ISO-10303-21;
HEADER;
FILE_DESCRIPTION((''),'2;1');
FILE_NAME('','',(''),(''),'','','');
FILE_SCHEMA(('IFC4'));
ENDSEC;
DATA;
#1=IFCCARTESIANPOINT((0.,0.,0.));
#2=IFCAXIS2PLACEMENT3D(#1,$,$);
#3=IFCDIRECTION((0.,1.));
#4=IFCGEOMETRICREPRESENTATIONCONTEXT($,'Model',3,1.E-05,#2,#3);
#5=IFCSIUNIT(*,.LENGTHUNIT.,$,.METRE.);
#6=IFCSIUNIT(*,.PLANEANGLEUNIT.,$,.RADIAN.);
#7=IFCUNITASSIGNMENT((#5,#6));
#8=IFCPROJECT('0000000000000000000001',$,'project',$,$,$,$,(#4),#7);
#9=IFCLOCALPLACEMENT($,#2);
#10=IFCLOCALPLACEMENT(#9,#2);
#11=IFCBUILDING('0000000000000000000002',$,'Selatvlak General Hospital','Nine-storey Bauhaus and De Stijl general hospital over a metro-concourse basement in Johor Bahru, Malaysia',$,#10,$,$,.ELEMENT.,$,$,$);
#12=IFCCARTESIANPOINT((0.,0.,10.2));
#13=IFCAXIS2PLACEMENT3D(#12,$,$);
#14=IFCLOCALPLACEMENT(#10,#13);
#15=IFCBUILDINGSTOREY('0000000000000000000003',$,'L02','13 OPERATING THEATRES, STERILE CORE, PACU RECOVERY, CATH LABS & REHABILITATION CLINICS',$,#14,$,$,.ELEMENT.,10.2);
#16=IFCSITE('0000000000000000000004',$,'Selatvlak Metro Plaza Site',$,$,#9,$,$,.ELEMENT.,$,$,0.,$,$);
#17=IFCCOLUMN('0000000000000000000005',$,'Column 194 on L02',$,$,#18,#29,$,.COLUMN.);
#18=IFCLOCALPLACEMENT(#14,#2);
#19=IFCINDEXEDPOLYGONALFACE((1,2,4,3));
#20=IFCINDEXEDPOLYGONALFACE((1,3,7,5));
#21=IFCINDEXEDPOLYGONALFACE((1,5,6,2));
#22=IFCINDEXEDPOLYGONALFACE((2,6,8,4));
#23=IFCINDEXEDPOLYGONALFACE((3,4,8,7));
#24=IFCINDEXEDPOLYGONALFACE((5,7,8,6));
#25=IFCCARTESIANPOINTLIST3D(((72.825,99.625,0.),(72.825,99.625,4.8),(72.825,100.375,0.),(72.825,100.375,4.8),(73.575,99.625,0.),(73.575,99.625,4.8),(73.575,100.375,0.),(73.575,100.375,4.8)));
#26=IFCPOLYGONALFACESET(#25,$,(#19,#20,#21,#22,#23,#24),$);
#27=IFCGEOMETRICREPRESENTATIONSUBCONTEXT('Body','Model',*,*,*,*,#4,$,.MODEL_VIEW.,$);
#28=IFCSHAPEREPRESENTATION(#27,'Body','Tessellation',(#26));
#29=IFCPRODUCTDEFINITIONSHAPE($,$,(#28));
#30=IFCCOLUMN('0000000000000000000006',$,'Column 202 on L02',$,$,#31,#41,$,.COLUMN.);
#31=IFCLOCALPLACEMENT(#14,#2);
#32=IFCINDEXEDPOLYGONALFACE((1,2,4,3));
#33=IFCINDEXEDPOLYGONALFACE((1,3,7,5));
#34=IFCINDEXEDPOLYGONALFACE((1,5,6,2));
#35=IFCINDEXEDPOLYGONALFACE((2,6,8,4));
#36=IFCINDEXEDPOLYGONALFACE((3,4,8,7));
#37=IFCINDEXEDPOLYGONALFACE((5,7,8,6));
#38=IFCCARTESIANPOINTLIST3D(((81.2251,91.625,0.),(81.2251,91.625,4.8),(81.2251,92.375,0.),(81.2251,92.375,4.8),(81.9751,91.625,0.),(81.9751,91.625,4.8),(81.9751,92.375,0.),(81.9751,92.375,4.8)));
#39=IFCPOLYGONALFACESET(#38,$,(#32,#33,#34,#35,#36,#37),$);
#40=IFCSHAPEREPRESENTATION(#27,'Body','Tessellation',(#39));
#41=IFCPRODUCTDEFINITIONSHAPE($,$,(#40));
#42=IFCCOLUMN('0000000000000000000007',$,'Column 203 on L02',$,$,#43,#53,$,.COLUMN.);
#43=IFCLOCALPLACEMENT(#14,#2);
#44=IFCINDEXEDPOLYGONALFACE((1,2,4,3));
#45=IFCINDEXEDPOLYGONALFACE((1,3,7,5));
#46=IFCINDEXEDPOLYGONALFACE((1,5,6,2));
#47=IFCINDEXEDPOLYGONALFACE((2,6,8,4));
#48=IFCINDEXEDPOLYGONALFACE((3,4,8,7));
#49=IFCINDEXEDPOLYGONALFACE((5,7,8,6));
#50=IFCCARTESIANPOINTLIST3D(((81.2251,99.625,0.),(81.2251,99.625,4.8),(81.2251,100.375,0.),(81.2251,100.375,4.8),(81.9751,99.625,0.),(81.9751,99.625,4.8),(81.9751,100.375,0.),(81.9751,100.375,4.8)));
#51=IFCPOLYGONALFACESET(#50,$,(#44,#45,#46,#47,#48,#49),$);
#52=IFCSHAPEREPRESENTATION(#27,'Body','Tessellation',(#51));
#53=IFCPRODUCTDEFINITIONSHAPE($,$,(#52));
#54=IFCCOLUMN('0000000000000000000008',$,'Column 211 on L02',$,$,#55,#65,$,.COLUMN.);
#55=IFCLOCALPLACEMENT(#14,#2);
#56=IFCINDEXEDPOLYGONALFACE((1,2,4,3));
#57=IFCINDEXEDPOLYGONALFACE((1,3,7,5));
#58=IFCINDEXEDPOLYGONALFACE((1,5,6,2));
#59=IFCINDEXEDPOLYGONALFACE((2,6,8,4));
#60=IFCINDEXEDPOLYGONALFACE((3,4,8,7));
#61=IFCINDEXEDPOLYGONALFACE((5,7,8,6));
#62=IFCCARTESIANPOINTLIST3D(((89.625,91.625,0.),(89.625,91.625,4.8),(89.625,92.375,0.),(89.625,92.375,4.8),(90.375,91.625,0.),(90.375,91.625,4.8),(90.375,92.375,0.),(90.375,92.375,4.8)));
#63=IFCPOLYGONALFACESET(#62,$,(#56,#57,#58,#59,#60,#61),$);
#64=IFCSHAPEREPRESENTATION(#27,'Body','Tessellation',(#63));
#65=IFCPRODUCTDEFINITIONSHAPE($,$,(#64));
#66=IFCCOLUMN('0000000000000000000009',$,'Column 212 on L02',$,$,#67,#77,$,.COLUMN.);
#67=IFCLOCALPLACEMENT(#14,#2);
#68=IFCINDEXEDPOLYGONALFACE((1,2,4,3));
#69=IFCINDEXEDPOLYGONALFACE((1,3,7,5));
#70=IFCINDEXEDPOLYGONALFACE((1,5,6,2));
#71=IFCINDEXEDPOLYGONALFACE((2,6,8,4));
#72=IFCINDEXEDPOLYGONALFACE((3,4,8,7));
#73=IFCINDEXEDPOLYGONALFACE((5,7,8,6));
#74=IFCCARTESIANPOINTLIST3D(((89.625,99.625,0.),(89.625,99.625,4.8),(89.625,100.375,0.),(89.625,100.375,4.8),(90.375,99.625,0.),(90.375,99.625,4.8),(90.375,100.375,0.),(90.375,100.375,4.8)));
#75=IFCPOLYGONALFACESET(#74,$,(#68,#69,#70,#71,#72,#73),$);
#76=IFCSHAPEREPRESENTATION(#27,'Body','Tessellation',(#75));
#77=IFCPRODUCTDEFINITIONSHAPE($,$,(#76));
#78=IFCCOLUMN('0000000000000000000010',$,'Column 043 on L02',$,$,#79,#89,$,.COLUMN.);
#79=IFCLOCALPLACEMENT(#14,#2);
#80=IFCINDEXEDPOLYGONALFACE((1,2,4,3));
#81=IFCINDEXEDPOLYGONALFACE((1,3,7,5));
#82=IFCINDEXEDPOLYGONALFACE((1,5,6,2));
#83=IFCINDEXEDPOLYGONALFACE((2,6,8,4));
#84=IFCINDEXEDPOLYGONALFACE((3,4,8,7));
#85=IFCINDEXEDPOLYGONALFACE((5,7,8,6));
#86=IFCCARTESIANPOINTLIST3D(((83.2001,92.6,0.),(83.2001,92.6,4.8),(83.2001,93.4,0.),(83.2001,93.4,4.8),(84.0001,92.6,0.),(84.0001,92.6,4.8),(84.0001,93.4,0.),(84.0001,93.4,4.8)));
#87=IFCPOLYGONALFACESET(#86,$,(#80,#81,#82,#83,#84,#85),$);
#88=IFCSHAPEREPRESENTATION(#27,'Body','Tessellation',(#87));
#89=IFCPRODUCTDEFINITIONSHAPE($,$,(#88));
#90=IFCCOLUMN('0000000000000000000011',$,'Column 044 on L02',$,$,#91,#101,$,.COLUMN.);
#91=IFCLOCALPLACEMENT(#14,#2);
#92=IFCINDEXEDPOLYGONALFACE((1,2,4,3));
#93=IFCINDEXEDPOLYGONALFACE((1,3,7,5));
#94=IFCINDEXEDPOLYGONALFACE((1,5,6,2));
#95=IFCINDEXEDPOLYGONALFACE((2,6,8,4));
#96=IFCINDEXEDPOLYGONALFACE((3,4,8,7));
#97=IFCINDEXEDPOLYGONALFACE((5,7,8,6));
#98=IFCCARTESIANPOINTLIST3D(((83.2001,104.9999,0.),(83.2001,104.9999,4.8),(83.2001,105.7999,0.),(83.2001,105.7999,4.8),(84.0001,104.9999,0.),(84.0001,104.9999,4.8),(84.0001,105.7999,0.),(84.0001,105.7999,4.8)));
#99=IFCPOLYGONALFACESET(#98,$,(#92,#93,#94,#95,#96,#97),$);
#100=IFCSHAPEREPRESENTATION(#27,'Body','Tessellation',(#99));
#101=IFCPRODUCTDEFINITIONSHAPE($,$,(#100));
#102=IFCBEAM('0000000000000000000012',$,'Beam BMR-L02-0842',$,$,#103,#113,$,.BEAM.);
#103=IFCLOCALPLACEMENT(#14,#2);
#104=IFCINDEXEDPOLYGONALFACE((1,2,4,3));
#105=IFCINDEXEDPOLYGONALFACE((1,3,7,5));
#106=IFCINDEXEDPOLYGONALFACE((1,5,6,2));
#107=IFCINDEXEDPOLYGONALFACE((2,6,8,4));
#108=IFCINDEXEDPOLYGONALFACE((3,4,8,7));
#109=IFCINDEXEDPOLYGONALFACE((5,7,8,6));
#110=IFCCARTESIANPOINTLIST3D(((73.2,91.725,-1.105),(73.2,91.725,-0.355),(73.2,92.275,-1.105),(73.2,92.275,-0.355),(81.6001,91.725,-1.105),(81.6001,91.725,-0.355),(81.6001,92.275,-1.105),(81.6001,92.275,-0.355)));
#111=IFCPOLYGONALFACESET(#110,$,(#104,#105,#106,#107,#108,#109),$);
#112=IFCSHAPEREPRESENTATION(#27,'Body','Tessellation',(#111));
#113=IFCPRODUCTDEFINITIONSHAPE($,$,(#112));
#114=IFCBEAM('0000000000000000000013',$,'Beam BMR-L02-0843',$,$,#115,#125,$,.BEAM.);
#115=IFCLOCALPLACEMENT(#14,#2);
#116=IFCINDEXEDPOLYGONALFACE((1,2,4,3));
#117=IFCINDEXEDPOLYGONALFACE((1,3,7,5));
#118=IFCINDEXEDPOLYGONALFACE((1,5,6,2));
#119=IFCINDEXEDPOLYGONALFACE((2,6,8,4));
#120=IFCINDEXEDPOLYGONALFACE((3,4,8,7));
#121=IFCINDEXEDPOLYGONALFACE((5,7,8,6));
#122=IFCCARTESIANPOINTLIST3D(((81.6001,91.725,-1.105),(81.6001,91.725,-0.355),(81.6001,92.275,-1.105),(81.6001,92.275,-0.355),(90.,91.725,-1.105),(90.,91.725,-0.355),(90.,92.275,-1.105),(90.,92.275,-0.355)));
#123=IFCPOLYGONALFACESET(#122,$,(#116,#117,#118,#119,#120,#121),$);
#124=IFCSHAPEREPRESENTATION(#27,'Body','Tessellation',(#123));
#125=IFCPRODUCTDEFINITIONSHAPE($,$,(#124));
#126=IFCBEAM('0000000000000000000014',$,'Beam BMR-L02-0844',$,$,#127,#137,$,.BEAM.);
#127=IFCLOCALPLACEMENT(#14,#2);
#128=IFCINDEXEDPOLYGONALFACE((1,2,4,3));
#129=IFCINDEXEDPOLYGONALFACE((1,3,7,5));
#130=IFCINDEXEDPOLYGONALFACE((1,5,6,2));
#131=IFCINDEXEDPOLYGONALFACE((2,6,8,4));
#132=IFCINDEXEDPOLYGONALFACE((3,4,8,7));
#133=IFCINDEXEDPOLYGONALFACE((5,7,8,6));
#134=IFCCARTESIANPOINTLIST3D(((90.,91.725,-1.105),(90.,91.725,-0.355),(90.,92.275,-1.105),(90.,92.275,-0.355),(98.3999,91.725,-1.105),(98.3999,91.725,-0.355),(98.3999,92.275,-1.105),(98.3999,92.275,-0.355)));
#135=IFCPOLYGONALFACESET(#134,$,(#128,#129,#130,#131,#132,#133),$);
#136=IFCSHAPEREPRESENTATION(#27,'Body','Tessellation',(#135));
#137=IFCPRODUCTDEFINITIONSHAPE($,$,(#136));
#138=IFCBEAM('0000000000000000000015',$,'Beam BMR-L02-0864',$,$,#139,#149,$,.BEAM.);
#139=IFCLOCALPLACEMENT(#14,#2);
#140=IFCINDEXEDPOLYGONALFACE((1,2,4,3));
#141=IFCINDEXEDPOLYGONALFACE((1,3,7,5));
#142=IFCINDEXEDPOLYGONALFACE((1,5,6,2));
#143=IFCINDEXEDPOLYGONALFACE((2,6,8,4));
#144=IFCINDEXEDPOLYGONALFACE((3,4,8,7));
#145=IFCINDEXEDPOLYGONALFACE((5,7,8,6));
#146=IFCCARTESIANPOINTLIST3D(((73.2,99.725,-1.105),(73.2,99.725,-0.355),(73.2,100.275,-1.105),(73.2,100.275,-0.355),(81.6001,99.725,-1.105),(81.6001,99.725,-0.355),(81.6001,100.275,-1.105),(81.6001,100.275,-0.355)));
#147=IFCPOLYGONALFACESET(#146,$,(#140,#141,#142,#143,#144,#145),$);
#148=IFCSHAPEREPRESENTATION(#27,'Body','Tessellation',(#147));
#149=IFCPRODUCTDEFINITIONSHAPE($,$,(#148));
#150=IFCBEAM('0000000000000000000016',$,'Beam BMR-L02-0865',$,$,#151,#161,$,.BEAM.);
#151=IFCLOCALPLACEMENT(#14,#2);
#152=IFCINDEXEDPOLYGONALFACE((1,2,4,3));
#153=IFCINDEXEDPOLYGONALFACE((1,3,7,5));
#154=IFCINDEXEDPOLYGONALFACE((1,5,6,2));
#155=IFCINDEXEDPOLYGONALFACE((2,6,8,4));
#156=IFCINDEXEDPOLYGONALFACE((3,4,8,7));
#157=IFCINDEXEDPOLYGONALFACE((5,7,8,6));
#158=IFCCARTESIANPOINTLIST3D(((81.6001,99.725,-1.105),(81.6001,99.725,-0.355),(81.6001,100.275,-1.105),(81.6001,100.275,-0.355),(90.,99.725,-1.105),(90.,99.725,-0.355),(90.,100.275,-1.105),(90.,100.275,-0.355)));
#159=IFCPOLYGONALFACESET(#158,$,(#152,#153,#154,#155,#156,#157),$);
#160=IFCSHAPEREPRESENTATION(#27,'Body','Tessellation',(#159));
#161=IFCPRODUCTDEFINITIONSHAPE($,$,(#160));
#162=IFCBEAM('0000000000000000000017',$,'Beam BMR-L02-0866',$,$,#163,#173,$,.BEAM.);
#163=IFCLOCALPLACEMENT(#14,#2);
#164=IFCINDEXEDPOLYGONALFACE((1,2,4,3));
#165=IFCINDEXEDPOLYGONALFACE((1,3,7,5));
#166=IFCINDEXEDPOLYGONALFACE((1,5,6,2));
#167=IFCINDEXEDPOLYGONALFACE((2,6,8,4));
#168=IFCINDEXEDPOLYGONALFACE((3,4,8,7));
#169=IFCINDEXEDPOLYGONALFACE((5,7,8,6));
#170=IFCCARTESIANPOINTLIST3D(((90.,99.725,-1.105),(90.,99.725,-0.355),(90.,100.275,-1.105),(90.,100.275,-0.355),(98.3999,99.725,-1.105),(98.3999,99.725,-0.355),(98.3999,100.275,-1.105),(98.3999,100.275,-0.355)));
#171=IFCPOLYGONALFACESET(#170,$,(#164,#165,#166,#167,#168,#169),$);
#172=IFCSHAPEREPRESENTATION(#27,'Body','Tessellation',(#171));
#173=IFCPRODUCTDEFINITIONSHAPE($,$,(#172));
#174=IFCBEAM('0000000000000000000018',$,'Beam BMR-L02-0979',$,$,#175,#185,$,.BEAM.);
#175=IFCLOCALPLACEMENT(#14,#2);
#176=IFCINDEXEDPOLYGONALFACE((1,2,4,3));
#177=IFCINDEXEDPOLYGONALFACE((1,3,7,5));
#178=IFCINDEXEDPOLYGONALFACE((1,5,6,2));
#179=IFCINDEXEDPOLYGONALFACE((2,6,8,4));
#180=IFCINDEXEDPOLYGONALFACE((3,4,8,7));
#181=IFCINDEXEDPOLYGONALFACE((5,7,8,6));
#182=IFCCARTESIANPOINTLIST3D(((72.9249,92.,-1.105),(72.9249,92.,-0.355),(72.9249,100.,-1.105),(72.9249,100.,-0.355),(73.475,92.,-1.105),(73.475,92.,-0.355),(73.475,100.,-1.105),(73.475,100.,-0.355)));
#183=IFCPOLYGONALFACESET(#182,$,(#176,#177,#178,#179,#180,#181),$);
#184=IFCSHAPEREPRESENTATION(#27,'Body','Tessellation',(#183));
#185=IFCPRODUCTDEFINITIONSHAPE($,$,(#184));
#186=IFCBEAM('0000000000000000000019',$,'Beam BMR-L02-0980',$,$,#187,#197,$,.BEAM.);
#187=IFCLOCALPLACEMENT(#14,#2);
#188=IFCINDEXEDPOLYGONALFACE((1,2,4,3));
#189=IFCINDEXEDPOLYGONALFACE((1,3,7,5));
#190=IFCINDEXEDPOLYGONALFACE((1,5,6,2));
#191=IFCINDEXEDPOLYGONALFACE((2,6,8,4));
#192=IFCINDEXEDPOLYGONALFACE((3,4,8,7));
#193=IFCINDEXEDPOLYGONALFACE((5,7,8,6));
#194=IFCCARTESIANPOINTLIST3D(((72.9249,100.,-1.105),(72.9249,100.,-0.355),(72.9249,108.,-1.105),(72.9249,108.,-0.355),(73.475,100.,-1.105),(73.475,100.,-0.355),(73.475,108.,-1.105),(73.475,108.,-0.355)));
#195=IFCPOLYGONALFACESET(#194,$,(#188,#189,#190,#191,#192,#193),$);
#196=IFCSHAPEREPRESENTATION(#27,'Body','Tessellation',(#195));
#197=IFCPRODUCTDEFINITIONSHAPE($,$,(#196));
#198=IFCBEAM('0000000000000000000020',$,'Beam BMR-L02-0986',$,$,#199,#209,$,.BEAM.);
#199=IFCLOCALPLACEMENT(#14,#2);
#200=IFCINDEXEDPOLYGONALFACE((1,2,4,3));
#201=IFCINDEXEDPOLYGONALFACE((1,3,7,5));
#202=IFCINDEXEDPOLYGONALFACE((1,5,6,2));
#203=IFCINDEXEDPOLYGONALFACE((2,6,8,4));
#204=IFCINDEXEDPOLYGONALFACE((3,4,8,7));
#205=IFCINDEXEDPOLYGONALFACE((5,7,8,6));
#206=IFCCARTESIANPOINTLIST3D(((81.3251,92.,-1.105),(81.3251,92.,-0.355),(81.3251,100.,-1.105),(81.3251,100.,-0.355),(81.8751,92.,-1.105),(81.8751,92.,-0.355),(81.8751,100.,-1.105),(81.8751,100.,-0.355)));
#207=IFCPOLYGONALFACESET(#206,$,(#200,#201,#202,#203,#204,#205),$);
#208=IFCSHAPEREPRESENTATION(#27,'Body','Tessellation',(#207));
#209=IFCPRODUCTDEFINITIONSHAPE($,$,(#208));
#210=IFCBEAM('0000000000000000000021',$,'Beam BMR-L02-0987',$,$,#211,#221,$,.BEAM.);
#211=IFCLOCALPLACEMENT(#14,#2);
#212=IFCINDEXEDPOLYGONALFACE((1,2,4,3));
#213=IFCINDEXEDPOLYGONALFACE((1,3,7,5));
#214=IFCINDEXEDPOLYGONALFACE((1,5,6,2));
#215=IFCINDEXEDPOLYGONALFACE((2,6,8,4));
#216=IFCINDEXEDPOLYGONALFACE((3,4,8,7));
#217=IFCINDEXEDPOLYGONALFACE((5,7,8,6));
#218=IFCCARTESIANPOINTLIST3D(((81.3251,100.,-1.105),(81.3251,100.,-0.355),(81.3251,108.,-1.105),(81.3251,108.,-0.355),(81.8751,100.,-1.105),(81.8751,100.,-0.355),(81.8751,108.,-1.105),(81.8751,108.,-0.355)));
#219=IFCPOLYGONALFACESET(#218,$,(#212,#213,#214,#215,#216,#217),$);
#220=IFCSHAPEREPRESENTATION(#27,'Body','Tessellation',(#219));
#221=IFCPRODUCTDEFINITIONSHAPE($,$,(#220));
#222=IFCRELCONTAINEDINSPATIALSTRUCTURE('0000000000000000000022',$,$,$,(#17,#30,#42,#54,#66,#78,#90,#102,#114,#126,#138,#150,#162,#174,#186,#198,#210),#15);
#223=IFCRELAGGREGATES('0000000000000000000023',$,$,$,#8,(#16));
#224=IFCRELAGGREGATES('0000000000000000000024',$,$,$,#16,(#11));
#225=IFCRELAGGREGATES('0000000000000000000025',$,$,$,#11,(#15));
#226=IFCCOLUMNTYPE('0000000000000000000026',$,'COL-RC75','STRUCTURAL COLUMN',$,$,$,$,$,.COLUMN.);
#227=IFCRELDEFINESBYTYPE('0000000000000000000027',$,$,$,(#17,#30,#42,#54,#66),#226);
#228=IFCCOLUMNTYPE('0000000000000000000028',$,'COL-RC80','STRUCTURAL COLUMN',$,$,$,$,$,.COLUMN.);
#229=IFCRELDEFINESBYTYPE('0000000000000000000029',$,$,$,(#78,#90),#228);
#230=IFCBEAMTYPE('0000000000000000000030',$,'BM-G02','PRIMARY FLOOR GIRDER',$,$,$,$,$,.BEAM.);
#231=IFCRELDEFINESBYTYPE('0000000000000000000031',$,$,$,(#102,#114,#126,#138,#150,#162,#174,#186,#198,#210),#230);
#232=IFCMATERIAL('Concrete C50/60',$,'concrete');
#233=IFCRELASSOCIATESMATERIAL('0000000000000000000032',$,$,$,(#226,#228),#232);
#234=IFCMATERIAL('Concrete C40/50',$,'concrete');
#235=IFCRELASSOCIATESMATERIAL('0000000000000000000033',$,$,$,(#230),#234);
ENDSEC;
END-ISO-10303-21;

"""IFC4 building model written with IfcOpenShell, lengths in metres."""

from ifc_helpers import new_model, si_unit, direction, frame, origin, origin_2d, place, context, subcontext, project, spatial, rectangle, extrude, material, material_profile, profile_set, type_object, element, save


model = new_model("IFC4")

# Units and contexts
model_context = context("Model", 3, precision=1e-05, world=origin(), true_north=direction((0.0, 1.0)))
body_context = subcontext(model_context, "Body", "Model", "MODEL_VIEW")
ifc_project = project(units=[si_unit("LENGTHUNIT", "METRE"), si_unit("PLANEANGLEUNIT", "RADIAN")], contexts=[model_context])

# Site, building, storey
site_placement = place(None, origin())
site = spatial("IfcSite", under=ifc_project, at=site_placement, Name="Selatvlak Metro Plaza Site", CompositionType="ELEMENT", RefElevation=0.0)
building_placement = place(site_placement, origin())
building = spatial("IfcBuilding", under=site, at=building_placement, Name="Selatvlak General Hospital", Description="Nine-storey Bauhaus and De Stijl general hospital over a metro-concourse basement in Johor Bahru, Malaysia", CompositionType="ELEMENT")
storey_placement = place(building_placement, frame((0.0, 0.0, 10.2)))
storey = spatial("IfcBuildingStorey", under=building, at=storey_placement, Name="L02", Description="13 OPERATING THEATRES, STERILE CORE, PACU RECOVERY, CATH LABS & REHABILITATION CLINICS", CompositionType="ELEMENT", Elevation=10.2)

# Columns
ifc_material_1 = material(Name="Concrete C50/60", Category="concrete")
ifc_material_profile_1 = material_profile(ifc_material_1, rectangle(XDim=0.75, YDim=0.75, at=origin_2d()), Name="RC-COL 750x750")
ifc_profile_set_1 = profile_set([ifc_material_profile_1], Name="Concrete C50/60")
column_type_1 = type_object("IfcColumnType", Name="COL-RC75", Description="STRUCTURAL COLUMN", PredefinedType="COLUMN", material=ifc_profile_set_1)
for number, where, z_axis, x_axis, name in (
    (1, (73.2, 100.0, 0.0), (0.0, 0.0, 1.0), (1.0, 0.0, 0.0), "Column 194 on L02"),
    (2, (81.6001, 92.0, 0.0), (0.0, 0.0, 1.0), (1.0, 0.0, 0.0), "Column 202 on L02"),
    (3, (81.6001, 100.0, 0.0), (0.0, 0.0, 1.0), (1.0, 0.0, 0.0), "Column 203 on L02"),
    (4, (90.0, 92.0, 0.0), (0.0, 0.0, 1.0), (1.0, 0.0, 0.0), "Column 211 on L02"),
    (5, (90.0, 100.0, 0.0), (0.0, 0.0, 1.0), (1.0, 0.0, 0.0), "Column 212 on L02"),
):
    element("IfcColumn", number, at=place(storey_placement, frame(where, z_axis=z_axis, x_axis=x_axis)), inside=storey, type_object=column_type_1, Name=name, PredefinedType="COLUMN", context=body_context, shape_type="SweptSolid", body=[
        extrude(rectangle(XDim=0.75, YDim=0.75, at=origin_2d()), origin(), (0.0, 0.0, 1.0), 4.8),
    ])
ifc_material_profile_2 = material_profile(ifc_material_1, rectangle(XDim=0.8, YDim=0.8, at=origin_2d()), Name="RC-COL 800x800")
ifc_profile_set_2 = profile_set([ifc_material_profile_2], Name="Concrete C50/60")
column_type_2 = type_object("IfcColumnType", Name="COL-RC80", Description="STRUCTURAL COLUMN", PredefinedType="COLUMN", material=ifc_profile_set_2)
for number, where, z_axis, x_axis, name in (
    (6, (83.6001, 93.0, 0.0), (0.0, 0.0, 1.0), (1.0, 0.0, 0.0), "Column 043 on L02"),
    (7, (83.6001, 105.3999, 0.0), (0.0, 0.0, 1.0), (1.0, 0.0, 0.0), "Column 044 on L02"),
):
    element("IfcColumn", number, at=place(storey_placement, frame(where, z_axis=z_axis, x_axis=x_axis)), inside=storey, type_object=column_type_2, Name=name, PredefinedType="COLUMN", context=body_context, shape_type="SweptSolid", body=[
        extrude(rectangle(XDim=0.8, YDim=0.8, at=origin_2d()), origin(), (0.0, 0.0, 1.0), 4.8),
    ])

# Beams
ifc_material_2 = material(Name="Concrete C40/50", Category="concrete")
ifc_material_profile_3 = material_profile(ifc_material_2, rectangle(XDim=0.55, YDim=0.75, at=origin_2d()), Name="RC-BM 550x750")
ifc_profile_set_3 = profile_set([ifc_material_profile_3], Name="Concrete C40/50")
beam_type = type_object("IfcBeamType", Name="BM-G02", Description="PRIMARY FLOOR GIRDER", PredefinedType="BEAM", material=ifc_profile_set_3)
beam_1_placement = place(storey_placement, frame((73.2, 92.0, -0.73), z_axis=(1.0, 0.0, 0.0), x_axis=(0.0, 1.0, 0.0)))
element("IfcBeam", 8, at=beam_1_placement, inside=storey, type_object=beam_type, Name="Beam BMR-L02-0842", PredefinedType="BEAM", context=body_context, shape_type="SweptSolid", body=[
    extrude(rectangle(XDim=0.55, YDim=0.75, at=origin_2d()), origin(), (0.0, 0.0, 1.0), 8.4001),
])
for number, where, z_axis, x_axis, name in (
    (9, (81.6001, 92.0, -0.73), (1.0, 0.0, 0.0), (0.0, 1.0, 0.0), "Beam BMR-L02-0843"),
    (10, (90.0, 92.0, -0.73), (1.0, 0.0, 0.0), (0.0, 1.0, 0.0), "Beam BMR-L02-0844"),
):
    element("IfcBeam", number, at=place(storey_placement, frame(where, z_axis=z_axis, x_axis=x_axis)), inside=storey, type_object=beam_type, Name=name, PredefinedType="BEAM", context=body_context, shape_type="SweptSolid", body=[
        extrude(rectangle(XDim=0.55, YDim=0.75, at=origin_2d()), origin(), (0.0, 0.0, 1.0), 8.3999),
    ])
beam_2_placement = place(storey_placement, frame((73.2, 100.0, -0.73), z_axis=(1.0, 0.0, 0.0), x_axis=(0.0, 1.0, 0.0)))
element("IfcBeam", 11, at=beam_2_placement, inside=storey, type_object=beam_type, Name="Beam BMR-L02-0864", PredefinedType="BEAM", context=body_context, shape_type="SweptSolid", body=[
    extrude(rectangle(XDim=0.55, YDim=0.75, at=origin_2d()), origin(), (0.0, 0.0, 1.0), 8.4001),
])
for number, where, z_axis, x_axis, name in (
    (12, (81.6001, 100.0, -0.73), (1.0, 0.0, 0.0), (0.0, 1.0, 0.0), "Beam BMR-L02-0865"),
    (13, (90.0, 100.0, -0.73), (1.0, 0.0, 0.0), (0.0, 1.0, 0.0), "Beam BMR-L02-0866"),
):
    element("IfcBeam", number, at=place(storey_placement, frame(where, z_axis=z_axis, x_axis=x_axis)), inside=storey, type_object=beam_type, Name=name, PredefinedType="BEAM", context=body_context, shape_type="SweptSolid", body=[
        extrude(rectangle(XDim=0.55, YDim=0.75, at=origin_2d()), origin(), (0.0, 0.0, 1.0), 8.3999),
    ])
for number, where, z_axis, x_axis, name in (
    (14, (73.2, 92.0, -0.73), (0.0, 1.0, 0.0), (-1.0, 0.0, 0.0), "Beam BMR-L02-0979"),
    (15, (73.2, 100.0, -0.73), (0.0, 1.0, 0.0), (-1.0, 0.0, 0.0), "Beam BMR-L02-0980"),
    (16, (81.6001, 92.0, -0.73), (0.0, 1.0, 0.0), (-1.0, 0.0, 0.0), "Beam BMR-L02-0986"),
    (17, (81.6001, 100.0, -0.73), (0.0, 1.0, 0.0), (-1.0, 0.0, 0.0), "Beam BMR-L02-0987"),
):
    element("IfcBeam", number, at=place(storey_placement, frame(where, z_axis=z_axis, x_axis=x_axis)), inside=storey, type_object=beam_type, Name=name, PredefinedType="BEAM", context=body_context, shape_type="SweptSolid", body=[
        extrude(rectangle(XDim=0.55, YDim=0.75, at=origin_2d()), origin(), (0.0, 0.0, 1.0), 8.0),
    ])

save(model, "model.ifc")
